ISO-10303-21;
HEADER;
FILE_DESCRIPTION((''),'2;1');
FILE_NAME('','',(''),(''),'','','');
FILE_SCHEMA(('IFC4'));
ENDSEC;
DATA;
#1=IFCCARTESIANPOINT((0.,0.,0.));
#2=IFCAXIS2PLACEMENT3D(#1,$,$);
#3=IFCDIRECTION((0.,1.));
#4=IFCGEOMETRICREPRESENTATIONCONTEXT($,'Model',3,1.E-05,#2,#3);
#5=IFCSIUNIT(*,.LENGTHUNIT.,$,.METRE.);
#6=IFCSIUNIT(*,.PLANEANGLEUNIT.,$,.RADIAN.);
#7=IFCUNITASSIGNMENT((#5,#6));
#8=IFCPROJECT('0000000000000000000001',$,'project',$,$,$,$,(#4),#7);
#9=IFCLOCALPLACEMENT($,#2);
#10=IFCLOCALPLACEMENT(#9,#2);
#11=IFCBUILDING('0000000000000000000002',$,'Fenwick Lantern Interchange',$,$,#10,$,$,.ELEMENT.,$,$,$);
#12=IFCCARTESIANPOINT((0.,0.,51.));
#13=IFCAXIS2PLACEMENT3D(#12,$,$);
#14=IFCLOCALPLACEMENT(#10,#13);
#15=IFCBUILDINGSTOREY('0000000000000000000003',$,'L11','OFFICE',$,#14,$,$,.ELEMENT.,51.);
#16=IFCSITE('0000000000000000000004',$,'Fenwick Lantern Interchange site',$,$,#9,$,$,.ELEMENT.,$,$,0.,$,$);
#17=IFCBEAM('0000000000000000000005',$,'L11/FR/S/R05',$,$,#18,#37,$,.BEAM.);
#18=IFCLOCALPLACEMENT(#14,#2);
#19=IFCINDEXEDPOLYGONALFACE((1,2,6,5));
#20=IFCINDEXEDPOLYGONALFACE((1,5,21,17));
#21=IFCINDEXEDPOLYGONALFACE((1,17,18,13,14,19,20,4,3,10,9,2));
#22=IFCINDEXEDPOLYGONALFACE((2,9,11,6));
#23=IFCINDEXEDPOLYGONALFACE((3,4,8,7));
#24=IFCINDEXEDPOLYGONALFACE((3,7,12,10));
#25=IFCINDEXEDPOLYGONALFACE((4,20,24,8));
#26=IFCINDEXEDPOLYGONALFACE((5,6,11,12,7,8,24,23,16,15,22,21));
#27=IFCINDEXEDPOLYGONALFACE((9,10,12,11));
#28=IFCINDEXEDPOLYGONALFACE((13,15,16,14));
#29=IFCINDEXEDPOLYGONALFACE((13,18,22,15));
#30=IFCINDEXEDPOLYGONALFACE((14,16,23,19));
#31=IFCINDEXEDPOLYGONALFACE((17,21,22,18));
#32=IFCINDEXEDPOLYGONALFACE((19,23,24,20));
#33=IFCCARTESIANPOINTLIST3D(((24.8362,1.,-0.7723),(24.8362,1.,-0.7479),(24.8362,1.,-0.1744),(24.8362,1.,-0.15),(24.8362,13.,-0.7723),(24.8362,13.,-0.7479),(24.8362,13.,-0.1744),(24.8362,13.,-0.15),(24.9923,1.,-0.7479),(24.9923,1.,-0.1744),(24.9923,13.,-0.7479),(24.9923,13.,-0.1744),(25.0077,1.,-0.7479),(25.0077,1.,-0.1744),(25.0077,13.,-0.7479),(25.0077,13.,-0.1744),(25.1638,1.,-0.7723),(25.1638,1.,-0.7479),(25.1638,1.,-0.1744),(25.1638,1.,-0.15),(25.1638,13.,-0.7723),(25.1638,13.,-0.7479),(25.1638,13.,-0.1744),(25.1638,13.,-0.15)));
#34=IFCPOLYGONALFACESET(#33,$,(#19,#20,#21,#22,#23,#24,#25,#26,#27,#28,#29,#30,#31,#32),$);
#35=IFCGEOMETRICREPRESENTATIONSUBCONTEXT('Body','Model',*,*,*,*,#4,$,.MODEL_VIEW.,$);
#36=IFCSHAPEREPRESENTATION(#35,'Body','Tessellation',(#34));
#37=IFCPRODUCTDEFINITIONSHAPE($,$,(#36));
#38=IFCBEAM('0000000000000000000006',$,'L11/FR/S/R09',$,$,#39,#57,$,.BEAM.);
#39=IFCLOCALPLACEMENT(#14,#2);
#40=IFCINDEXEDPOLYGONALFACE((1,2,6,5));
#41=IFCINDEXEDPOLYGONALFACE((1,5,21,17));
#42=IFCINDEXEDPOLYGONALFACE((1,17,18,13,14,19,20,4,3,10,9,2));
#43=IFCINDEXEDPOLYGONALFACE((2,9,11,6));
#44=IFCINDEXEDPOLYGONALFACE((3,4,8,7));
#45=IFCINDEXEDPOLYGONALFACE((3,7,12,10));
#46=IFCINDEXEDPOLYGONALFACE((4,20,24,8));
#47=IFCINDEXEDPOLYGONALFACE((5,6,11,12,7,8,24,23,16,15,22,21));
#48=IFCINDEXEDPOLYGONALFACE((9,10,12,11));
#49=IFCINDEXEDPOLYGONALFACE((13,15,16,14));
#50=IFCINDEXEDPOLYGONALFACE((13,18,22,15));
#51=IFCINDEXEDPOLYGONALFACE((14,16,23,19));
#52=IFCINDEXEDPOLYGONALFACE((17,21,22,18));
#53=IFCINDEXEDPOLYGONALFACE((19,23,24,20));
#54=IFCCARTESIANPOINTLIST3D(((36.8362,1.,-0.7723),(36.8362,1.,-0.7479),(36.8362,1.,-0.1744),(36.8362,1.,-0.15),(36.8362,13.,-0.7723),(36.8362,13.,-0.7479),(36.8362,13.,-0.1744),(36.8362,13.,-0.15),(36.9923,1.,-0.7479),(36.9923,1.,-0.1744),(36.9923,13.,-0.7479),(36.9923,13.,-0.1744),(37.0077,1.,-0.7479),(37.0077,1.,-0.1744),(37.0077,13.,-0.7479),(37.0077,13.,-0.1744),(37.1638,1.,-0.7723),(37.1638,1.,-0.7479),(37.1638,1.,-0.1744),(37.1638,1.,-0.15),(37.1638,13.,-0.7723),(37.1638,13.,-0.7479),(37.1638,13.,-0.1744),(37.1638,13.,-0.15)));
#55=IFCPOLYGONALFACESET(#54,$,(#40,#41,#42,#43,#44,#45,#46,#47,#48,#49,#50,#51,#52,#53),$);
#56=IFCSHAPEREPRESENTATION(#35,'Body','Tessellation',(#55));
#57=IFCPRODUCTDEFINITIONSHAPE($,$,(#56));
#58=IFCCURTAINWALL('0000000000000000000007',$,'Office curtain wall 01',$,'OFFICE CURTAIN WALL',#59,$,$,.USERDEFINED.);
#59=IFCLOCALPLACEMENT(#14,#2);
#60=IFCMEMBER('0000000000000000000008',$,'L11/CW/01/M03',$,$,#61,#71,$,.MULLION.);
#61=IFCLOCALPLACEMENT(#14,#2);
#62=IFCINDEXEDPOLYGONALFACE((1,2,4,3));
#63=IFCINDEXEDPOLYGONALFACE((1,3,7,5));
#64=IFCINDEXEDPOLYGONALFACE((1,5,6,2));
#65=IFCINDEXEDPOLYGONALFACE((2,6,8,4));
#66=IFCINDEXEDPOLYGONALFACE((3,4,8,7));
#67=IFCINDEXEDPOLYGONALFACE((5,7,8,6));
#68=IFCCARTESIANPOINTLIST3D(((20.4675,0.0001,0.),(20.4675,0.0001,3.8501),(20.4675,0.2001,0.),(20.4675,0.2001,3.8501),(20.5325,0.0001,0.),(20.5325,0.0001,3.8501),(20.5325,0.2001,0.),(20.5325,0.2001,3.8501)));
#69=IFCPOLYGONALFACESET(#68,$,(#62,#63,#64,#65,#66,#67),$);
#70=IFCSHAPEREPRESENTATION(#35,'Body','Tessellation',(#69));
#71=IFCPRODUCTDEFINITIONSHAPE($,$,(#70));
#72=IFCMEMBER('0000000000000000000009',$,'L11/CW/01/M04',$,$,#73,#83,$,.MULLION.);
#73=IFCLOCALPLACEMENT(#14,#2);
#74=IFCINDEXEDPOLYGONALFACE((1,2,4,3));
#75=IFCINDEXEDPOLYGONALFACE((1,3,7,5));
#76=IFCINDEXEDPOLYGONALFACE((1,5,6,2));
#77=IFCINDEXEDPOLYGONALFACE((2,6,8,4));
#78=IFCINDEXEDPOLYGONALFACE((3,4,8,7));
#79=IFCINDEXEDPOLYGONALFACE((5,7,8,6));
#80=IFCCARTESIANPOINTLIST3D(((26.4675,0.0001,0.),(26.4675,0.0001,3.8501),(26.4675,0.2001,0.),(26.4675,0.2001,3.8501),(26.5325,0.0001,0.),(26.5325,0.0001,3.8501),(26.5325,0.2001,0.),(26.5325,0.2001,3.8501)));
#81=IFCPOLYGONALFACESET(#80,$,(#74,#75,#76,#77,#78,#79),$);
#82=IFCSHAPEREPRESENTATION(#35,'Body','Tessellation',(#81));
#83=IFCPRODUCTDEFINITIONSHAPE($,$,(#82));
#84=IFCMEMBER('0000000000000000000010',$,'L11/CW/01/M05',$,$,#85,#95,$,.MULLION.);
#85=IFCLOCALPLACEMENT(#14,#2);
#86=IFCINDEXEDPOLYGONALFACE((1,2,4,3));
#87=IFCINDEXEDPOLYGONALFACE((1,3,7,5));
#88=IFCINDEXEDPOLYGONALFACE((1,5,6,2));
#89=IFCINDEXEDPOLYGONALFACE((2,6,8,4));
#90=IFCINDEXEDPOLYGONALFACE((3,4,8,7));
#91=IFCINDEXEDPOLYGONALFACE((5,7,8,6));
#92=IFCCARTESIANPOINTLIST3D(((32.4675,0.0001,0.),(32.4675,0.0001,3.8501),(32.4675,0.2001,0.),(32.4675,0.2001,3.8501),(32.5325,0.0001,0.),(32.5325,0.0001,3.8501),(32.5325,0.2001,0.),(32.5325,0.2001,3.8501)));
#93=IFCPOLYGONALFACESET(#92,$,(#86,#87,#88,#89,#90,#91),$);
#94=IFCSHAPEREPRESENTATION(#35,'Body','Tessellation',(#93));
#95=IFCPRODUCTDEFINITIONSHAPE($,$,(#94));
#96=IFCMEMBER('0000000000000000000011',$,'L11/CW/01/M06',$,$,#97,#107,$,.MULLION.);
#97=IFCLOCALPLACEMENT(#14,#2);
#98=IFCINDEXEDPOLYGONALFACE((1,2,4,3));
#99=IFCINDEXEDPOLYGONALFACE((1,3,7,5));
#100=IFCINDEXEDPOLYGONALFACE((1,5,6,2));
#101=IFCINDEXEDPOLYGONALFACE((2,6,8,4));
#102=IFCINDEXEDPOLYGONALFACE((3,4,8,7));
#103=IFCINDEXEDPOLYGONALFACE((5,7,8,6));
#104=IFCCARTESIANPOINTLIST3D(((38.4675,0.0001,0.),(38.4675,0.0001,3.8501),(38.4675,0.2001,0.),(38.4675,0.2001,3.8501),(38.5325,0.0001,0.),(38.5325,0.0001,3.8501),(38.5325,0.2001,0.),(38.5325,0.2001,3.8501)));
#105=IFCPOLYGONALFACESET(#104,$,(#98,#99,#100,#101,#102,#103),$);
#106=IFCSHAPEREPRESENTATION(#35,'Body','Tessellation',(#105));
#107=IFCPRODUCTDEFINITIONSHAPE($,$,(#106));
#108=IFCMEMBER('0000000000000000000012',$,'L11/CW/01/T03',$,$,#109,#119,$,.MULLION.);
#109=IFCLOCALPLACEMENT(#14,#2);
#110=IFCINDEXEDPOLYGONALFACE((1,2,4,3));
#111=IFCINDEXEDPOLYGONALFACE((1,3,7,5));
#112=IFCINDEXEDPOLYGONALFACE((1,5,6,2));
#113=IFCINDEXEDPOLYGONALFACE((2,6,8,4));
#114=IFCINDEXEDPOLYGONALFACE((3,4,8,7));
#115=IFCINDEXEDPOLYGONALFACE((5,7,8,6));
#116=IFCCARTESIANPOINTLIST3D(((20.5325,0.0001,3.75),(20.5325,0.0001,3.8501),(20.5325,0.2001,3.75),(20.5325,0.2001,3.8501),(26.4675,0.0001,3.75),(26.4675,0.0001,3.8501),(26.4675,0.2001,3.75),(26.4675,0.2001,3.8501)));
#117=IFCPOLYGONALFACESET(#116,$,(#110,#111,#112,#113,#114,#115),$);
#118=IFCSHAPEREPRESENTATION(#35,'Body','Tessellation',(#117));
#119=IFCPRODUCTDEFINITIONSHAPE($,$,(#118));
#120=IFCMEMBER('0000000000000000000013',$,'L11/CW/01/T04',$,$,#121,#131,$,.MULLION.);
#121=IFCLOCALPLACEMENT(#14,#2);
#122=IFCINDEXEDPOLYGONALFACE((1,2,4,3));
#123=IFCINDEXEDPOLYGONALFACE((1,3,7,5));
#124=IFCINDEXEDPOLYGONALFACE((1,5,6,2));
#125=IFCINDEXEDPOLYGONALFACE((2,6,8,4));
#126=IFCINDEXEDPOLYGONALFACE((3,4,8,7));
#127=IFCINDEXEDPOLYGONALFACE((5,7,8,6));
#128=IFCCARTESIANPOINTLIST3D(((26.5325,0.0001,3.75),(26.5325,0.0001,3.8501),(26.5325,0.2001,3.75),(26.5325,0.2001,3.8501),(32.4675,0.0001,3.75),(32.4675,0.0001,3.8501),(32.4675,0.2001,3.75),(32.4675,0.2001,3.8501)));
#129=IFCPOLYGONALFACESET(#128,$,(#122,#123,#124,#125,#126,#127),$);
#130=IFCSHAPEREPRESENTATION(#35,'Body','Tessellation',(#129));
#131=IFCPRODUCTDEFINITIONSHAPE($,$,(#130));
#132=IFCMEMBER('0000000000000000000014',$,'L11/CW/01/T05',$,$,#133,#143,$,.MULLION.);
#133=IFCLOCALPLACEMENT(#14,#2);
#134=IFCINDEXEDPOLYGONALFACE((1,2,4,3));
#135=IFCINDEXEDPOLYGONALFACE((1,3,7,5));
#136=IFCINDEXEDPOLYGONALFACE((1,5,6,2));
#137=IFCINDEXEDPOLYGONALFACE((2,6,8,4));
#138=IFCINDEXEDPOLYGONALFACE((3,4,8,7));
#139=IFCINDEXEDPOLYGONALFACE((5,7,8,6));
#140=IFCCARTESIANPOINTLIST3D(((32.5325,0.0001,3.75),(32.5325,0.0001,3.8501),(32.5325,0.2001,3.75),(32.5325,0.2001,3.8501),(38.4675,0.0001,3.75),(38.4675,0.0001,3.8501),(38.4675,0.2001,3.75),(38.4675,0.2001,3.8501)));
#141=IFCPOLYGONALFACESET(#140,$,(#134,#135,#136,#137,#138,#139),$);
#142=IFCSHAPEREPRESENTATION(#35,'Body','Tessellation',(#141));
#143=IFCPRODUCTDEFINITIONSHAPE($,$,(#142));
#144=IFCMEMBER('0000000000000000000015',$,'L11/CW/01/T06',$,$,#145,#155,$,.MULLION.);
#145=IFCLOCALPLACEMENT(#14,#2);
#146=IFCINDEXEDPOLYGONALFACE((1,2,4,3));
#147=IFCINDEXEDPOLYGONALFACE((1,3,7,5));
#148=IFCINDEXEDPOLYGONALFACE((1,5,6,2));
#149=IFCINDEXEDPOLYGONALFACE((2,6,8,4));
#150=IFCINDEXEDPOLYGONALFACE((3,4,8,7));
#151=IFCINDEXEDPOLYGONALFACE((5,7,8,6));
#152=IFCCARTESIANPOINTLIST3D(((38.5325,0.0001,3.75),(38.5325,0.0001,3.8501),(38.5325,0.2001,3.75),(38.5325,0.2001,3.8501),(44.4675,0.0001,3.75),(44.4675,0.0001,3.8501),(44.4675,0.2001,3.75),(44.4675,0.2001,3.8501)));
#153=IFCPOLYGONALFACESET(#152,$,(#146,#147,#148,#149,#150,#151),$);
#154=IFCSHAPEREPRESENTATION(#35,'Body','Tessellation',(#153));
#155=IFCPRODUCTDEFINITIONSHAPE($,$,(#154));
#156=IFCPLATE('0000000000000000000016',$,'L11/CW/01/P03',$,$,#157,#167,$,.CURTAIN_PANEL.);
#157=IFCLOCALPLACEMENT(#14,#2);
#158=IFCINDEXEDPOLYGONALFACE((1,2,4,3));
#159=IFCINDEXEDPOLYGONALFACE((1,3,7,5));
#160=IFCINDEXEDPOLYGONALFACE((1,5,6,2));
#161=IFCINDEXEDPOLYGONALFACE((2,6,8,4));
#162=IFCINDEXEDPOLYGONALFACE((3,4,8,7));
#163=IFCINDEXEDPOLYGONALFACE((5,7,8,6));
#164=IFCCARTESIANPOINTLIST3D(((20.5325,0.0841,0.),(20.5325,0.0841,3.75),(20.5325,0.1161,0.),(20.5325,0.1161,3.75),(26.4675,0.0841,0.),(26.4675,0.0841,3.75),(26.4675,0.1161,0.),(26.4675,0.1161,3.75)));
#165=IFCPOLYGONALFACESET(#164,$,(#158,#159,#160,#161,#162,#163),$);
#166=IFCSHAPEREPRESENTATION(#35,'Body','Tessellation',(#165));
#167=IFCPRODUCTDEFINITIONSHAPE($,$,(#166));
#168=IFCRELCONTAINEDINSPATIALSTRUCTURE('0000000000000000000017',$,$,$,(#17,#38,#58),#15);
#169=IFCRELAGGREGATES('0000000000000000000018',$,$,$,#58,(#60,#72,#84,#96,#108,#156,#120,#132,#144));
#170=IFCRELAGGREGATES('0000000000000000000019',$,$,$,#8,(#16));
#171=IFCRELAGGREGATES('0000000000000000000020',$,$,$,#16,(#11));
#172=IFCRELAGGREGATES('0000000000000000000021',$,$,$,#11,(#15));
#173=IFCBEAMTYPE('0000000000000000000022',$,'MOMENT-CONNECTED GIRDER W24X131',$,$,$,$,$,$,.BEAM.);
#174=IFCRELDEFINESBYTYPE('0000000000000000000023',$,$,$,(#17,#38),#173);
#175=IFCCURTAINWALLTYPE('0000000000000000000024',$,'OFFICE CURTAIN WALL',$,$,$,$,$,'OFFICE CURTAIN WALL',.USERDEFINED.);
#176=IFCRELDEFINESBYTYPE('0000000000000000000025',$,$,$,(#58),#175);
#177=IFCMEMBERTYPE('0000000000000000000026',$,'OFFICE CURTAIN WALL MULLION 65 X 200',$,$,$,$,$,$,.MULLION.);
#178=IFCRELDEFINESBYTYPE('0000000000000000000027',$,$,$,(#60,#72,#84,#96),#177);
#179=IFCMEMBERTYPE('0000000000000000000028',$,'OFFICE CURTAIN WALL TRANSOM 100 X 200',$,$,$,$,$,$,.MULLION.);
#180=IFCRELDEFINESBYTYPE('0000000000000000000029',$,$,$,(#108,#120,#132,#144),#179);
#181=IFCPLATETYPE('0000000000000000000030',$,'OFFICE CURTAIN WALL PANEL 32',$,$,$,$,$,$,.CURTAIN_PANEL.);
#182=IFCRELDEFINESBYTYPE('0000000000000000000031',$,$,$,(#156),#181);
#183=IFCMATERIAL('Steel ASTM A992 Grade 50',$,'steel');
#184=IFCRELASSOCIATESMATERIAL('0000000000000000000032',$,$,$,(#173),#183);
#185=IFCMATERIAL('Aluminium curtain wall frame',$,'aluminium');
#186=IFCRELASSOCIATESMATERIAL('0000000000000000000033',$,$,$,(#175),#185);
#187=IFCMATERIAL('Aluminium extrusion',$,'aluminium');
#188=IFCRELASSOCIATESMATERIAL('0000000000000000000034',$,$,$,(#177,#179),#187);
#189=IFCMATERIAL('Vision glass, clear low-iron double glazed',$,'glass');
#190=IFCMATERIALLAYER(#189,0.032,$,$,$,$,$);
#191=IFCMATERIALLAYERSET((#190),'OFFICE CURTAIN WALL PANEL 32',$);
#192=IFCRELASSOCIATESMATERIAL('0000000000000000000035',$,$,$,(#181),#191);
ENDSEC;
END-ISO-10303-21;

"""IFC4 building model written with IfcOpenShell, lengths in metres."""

from ifc_helpers import new_model, si_unit, direction, frame, origin, origin_2d, place, context, subcontext, project, spatial, rectangle, i_section, extrude, material, layer, layer_set, material_profile, profile_set, type_object, element, aggregate, save


model = new_model("IFC4")

# Units and contexts
model_context = context("Model", 3, precision=1e-05, world=origin(), true_north=direction((0.0, 1.0)))
body_context = subcontext(model_context, "Body", "Model", "MODEL_VIEW")
ifc_project = project(units=[si_unit("LENGTHUNIT", "METRE"), si_unit("PLANEANGLEUNIT", "RADIAN")], contexts=[model_context])

# Site, building, storey
site_placement = place(None, origin())
site = spatial("IfcSite", under=ifc_project, at=site_placement, Name="Fenwick Lantern Interchange site", CompositionType="ELEMENT", RefElevation=0.0)
building_placement = place(site_placement, origin())
building = spatial("IfcBuilding", under=site, at=building_placement, Name="Fenwick Lantern Interchange", CompositionType="ELEMENT")
storey_placement = place(building_placement, frame((0.0, 0.0, 51.0)))
storey = spatial("IfcBuildingStorey", under=building, at=storey_placement, Name="L11", Description="OFFICE", CompositionType="ELEMENT", Elevation=51.0)

# Beams
ifc_material_1 = material(Name="Steel ASTM A992 Grade 50", Category="steel")
ifc_material_profile_1 = material_profile(ifc_material_1, i_section(OverallWidth=0.3276, OverallDepth=0.6223, WebThickness=0.0154, FlangeThickness=0.0244, at=origin_2d()), Name="W24X131")
ifc_profile_set_1 = profile_set([ifc_material_profile_1], Name="Steel ASTM A992 Grade 50")
beam_type_1 = type_object("IfcBeamType", Name="MOMENT-CONNECTED GIRDER W24X131", PredefinedType="BEAM", material=ifc_profile_set_1)
for number, where, z_axis, x_axis, name in (
    (1, (25.0, 1.0, -0.4612), (0.0, 1.0, 0.0), (-1.0, 0.0, 0.0), "L11/FR/S/R05"),
    (2, (37.0, 1.0, -0.4612), (0.0, 1.0, 0.0), (-1.0, 0.0, 0.0), "L11/FR/S/R09"),
):
    element("IfcBeam", number, at=place(storey_placement, frame(where, z_axis=z_axis, x_axis=x_axis)), inside=storey, type_object=beam_type_1, Name=name, PredefinedType="BEAM", context=body_context, shape_type="SweptSolid", body=[
        extrude(i_section(OverallWidth=0.3276, OverallDepth=0.6223, WebThickness=0.0154, FlangeThickness=0.0244, at=origin_2d()), origin(), (0.0, 0.0, 1.0), 12.0),
    ])

# Curtain wall, members, plate
ifc_material_2 = material(Name="Aluminium curtain wall frame", Category="aluminium")
curtain_wall_type = type_object("IfcCurtainWallType", Name="OFFICE CURTAIN WALL", ElementType="OFFICE CURTAIN WALL", PredefinedType="USERDEFINED", material=ifc_material_2)
curtain_wall_placement = place(storey_placement, origin())
curtain_wall = element("IfcCurtainWall", 3, at=curtain_wall_placement, inside=storey, type_object=curtain_wall_type, Name="Office curtain wall 01", ObjectType="OFFICE CURTAIN WALL", PredefinedType="USERDEFINED")
ifc_material_3 = material(Name="Aluminium extrusion", Category="aluminium")
ifc_material_profile_2 = material_profile(ifc_material_3, rectangle(XDim=0.2, YDim=0.0649, at=origin_2d()), Name="OFFICE CURTAIN WALL MULLION 65 X 200")
ifc_profile_set_2 = profile_set([ifc_material_profile_2], Name="Aluminium extrusion")
member_type_1 = type_object("IfcMemberType", Name="OFFICE CURTAIN WALL MULLION 65 X 200", PredefinedType="MULLION", material=ifc_profile_set_2)
member_1_placement = place(storey_placement, frame((20.5, 0.1001, 0.0), z_axis=(0.0, 0.0, 1.0), x_axis=(0.0, 1.0, 0.0)))
member_1 = element("IfcMember", 4, at=member_1_placement, type_object=member_type_1, Name="L11/CW/01/M03", PredefinedType="MULLION", context=body_context, shape_type="SweptSolid", body=[
    extrude(rectangle(XDim=0.2, YDim=0.0649, at=origin_2d()), origin(), (0.0, 0.0, 1.0), 3.8501),
])
member_2_placement = place(storey_placement, frame((26.5, 0.1001, 0.0), z_axis=(0.0, 0.0, 1.0), x_axis=(0.0, 1.0, 0.0)))
member_2 = element("IfcMember", 5, at=member_2_placement, type_object=member_type_1, Name="L11/CW/01/M04", PredefinedType="MULLION", context=body_context, shape_type="SweptSolid", body=[
    extrude(rectangle(XDim=0.2, YDim=0.0649, at=origin_2d()), origin(), (0.0, 0.0, 1.0), 3.8501),
])
member_3_placement = place(storey_placement, frame((32.5, 0.1001, 0.0), z_axis=(0.0, 0.0, 1.0), x_axis=(0.0, 1.0, 0.0)))
member_3 = element("IfcMember", 6, at=member_3_placement, type_object=member_type_1, Name="L11/CW/01/M05", PredefinedType="MULLION", context=body_context, shape_type="SweptSolid", body=[
    extrude(rectangle(XDim=0.2, YDim=0.0649, at=origin_2d()), origin(), (0.0, 0.0, 1.0), 3.8501),
])
member_4_placement = place(storey_placement, frame((38.5, 0.1001, 0.0), z_axis=(0.0, 0.0, 1.0), x_axis=(0.0, 1.0, 0.0)))
member_4 = element("IfcMember", 7, at=member_4_placement, type_object=member_type_1, Name="L11/CW/01/M06", PredefinedType="MULLION", context=body_context, shape_type="SweptSolid", body=[
    extrude(rectangle(XDim=0.2, YDim=0.0649, at=origin_2d()), origin(), (0.0, 0.0, 1.0), 3.8501),
])
ifc_material_profile_3 = material_profile(ifc_material_3, rectangle(XDim=0.2, YDim=0.1001, at=origin_2d()), Name="OFFICE CURTAIN WALL TRANSOM 100 X 200")
ifc_profile_set_3 = profile_set([ifc_material_profile_3], Name="Aluminium extrusion")
member_type_2 = type_object("IfcMemberType", Name="OFFICE CURTAIN WALL TRANSOM 100 X 200", PredefinedType="MULLION", material=ifc_profile_set_3)
member_5_placement = place(storey_placement, frame((20.5325, 0.1001, 3.8), z_axis=(1.0, 0.0, 0.0), x_axis=(0.0, 1.0, 0.0)))
member_5 = element("IfcMember", 8, at=member_5_placement, type_object=member_type_2, Name="L11/CW/01/T03", PredefinedType="MULLION", context=body_context, shape_type="SweptSolid", body=[
    extrude(rectangle(XDim=0.2, YDim=0.1001, at=origin_2d()), origin(), (0.0, 0.0, 1.0), 5.9351),
])
member_6_placement = place(storey_placement, frame((26.5325, 0.1001, 3.8), z_axis=(1.0, 0.0, 0.0), x_axis=(0.0, 1.0, 0.0)))
member_6 = element("IfcMember", 9, at=member_6_placement, type_object=member_type_2, Name="L11/CW/01/T04", PredefinedType="MULLION", context=body_context, shape_type="SweptSolid", body=[
    extrude(rectangle(XDim=0.2, YDim=0.1001, at=origin_2d()), origin(), (0.0, 0.0, 1.0), 5.9351),
])
member_7_placement = place(storey_placement, frame((32.5325, 0.1001, 3.8), z_axis=(1.0, 0.0, 0.0), x_axis=(0.0, 1.0, 0.0)))
member_7 = element("IfcMember", 10, at=member_7_placement, type_object=member_type_2, Name="L11/CW/01/T05", PredefinedType="MULLION", context=body_context, shape_type="SweptSolid", body=[
    extrude(rectangle(XDim=0.2, YDim=0.1001, at=origin_2d()), origin(), (0.0, 0.0, 1.0), 5.9351),
])
member_8_placement = place(storey_placement, frame((38.5325, 0.1001, 3.8), z_axis=(1.0, 0.0, 0.0), x_axis=(0.0, 1.0, 0.0)))
member_8 = element("IfcMember", 11, at=member_8_placement, type_object=member_type_2, Name="L11/CW/01/T06", PredefinedType="MULLION", context=body_context, shape_type="SweptSolid", body=[
    extrude(rectangle(XDim=0.2, YDim=0.1001, at=origin_2d()), origin(), (0.0, 0.0, 1.0), 5.9351),
])
ifc_material_4 = material(Name="Vision glass, clear low-iron double glazed", Category="glass")
ifc_layer_1 = layer(ifc_material_4, 0.032)
ifc_layer_set_1 = layer_set([ifc_layer_1], Name="OFFICE CURTAIN WALL PANEL 32")
plate_type = type_object("IfcPlateType", Name="OFFICE CURTAIN WALL PANEL 32", PredefinedType="CURTAIN_PANEL", material=ifc_layer_set_1)
plate_placement = place(storey_placement, frame((23.5, 0.1001, 0.0), z_axis=(0.0, 0.0, 1.0), x_axis=(1.0, 0.0, 0.0)))
plate = element("IfcPlate", 12, at=plate_placement, type_object=plate_type, Name="L11/CW/01/P03", PredefinedType="CURTAIN_PANEL", context=body_context, shape_type="SweptSolid", body=[
    extrude(rectangle(XDim=5.9351, YDim=0.032, at=origin_2d()), origin(), (0.0, 0.0, 1.0), 3.75),
])
aggregate(curtain_wall, [member_1, member_2, member_3, member_4, member_5, plate, member_6, member_7, member_8])

save(model, "model.ifc")
